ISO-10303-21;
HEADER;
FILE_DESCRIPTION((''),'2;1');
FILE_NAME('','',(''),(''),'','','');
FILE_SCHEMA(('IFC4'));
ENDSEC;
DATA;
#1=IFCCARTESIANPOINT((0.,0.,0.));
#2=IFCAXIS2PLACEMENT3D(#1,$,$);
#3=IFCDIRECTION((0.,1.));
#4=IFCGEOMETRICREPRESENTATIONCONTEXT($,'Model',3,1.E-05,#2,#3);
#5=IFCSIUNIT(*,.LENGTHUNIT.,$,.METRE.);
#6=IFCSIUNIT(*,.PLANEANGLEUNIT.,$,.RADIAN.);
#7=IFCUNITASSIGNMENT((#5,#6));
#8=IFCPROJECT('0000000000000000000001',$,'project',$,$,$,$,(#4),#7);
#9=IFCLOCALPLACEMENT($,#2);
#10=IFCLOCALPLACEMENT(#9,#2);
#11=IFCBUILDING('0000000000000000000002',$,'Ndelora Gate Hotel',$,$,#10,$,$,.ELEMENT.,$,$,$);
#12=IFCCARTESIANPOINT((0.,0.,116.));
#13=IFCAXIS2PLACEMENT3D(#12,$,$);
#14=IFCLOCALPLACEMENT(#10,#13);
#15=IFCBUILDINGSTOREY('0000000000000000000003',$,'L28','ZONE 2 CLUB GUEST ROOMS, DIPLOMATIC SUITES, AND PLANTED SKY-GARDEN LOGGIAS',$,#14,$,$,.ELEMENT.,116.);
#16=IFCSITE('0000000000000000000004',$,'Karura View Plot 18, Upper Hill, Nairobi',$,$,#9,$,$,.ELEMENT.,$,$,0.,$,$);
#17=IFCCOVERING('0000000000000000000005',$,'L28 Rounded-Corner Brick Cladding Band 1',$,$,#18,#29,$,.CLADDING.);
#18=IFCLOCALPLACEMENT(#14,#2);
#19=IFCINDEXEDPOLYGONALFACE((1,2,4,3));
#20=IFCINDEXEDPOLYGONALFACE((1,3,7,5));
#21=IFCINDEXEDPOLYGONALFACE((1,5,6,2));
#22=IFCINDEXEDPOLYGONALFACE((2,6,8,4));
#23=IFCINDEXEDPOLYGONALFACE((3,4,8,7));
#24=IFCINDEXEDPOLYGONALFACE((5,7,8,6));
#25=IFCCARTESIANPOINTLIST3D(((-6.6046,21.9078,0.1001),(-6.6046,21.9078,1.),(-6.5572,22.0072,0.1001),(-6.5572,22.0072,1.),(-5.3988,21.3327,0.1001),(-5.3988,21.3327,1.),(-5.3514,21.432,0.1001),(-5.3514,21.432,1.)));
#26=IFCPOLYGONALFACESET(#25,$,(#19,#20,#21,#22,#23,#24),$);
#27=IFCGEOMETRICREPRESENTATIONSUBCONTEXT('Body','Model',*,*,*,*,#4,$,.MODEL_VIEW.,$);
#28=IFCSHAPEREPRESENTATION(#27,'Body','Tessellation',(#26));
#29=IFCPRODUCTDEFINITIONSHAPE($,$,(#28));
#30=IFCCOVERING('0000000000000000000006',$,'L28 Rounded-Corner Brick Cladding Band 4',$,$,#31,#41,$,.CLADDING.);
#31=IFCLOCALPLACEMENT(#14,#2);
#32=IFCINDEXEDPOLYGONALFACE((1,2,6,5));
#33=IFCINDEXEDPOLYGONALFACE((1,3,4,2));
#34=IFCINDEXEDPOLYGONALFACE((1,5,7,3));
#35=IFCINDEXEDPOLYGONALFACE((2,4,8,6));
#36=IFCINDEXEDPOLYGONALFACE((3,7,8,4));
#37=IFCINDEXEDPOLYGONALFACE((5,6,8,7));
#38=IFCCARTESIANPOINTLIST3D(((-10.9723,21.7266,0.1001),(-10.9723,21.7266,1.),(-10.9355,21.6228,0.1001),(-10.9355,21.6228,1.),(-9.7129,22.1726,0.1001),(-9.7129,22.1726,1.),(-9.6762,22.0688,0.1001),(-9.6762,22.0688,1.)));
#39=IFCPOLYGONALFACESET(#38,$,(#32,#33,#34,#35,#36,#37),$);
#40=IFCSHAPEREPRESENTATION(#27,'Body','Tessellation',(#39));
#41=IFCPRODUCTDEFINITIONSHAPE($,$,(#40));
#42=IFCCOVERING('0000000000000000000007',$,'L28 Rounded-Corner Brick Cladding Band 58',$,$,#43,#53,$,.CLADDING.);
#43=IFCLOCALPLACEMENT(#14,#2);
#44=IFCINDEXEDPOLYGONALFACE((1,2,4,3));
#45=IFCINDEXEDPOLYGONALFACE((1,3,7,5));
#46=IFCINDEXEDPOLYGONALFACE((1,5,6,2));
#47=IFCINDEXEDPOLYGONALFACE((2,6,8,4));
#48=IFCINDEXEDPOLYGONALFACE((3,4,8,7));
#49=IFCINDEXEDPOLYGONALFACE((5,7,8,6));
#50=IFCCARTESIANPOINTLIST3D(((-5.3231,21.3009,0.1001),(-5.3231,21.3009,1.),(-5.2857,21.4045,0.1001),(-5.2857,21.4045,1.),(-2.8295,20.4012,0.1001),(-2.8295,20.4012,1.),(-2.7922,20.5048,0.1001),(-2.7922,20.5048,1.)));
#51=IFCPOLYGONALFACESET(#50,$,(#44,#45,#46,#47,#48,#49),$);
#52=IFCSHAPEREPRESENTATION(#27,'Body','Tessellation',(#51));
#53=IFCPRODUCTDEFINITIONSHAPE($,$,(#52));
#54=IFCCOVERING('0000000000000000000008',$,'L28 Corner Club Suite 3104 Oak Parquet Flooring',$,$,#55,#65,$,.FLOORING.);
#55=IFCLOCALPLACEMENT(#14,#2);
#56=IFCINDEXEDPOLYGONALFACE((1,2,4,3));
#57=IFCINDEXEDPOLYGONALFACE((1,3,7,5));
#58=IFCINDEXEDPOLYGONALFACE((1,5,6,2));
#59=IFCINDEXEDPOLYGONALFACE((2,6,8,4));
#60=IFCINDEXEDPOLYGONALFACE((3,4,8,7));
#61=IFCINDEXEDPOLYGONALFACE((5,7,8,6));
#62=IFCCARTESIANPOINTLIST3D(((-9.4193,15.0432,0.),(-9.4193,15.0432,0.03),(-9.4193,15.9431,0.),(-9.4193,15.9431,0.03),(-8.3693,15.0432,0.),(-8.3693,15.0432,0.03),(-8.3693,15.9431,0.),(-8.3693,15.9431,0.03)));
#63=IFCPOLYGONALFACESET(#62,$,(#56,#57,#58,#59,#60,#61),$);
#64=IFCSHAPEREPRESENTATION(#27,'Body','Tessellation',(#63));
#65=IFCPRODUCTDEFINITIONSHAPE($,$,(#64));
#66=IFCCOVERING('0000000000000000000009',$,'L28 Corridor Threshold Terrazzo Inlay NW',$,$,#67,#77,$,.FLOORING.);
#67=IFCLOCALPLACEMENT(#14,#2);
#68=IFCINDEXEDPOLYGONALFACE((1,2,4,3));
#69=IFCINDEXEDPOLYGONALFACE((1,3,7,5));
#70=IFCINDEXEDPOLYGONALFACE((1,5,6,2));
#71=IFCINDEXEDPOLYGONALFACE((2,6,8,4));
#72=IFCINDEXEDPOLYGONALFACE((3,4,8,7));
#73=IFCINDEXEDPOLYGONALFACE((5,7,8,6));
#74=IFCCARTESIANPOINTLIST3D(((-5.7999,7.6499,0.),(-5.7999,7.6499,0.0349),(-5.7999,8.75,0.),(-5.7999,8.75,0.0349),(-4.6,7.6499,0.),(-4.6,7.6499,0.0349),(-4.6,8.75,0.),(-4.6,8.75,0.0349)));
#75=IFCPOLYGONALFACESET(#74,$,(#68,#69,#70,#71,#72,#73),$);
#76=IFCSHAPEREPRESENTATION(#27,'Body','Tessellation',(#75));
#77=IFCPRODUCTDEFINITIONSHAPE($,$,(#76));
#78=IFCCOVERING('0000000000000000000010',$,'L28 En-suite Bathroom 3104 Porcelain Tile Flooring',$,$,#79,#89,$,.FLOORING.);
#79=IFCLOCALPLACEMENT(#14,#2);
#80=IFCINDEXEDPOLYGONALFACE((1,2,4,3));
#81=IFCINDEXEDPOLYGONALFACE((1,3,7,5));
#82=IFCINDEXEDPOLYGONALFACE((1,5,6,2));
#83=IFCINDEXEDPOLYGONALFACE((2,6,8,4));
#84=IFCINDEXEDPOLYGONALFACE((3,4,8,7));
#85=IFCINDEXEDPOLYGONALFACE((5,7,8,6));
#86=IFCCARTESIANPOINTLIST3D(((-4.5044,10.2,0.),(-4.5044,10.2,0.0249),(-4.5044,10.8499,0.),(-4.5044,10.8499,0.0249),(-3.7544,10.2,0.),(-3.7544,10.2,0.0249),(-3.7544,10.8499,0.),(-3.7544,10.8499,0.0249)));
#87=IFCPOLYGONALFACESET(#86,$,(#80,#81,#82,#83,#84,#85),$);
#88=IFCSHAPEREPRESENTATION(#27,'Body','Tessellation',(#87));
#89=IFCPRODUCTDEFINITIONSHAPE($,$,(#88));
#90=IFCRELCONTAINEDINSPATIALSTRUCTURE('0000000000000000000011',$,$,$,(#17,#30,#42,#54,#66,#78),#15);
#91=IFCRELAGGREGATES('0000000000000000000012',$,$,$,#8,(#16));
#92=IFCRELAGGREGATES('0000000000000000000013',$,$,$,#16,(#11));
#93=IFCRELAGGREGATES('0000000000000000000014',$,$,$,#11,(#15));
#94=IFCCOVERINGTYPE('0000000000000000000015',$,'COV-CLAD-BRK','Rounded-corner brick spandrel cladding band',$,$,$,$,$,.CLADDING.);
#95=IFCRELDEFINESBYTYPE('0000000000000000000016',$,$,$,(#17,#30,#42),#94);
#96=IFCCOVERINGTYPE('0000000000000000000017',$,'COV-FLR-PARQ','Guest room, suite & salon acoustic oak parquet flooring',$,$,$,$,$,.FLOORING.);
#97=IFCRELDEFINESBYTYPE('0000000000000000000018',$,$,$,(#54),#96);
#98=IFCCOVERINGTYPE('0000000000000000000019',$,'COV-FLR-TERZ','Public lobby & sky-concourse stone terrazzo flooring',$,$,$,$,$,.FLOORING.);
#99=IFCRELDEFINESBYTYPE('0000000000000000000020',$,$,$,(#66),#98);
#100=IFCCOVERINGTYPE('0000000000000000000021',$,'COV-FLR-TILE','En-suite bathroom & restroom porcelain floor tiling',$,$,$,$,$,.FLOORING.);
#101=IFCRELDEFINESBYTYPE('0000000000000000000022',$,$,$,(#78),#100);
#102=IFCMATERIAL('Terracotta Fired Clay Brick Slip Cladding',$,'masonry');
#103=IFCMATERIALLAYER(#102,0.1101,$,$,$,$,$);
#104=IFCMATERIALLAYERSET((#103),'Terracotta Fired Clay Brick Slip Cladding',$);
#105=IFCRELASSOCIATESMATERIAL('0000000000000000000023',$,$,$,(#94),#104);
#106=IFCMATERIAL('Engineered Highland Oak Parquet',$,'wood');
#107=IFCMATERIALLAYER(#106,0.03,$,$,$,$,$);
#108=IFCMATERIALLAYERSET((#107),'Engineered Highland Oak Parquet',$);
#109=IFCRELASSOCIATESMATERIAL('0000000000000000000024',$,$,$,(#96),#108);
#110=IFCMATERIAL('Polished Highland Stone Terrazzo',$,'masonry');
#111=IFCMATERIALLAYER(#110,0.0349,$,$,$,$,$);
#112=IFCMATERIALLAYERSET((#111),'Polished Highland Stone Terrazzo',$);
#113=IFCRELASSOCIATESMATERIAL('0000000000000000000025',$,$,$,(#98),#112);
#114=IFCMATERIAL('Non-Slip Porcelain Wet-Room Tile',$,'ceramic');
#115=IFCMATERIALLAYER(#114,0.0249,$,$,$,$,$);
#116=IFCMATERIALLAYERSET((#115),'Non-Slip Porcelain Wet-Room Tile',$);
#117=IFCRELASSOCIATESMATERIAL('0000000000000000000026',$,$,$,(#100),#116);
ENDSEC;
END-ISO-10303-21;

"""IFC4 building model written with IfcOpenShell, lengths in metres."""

from ifc_helpers import new_model, si_unit, direction, frame, origin, origin_2d, place, context, subcontext, project, spatial, rectangle, extrude, material, layer, layer_set, type_object, element, save


model = new_model("IFC4")

# Units and contexts
model_context = context("Model", 3, precision=1e-05, world=origin(), true_north=direction((0.0, 1.0)))
body_context = subcontext(model_context, "Body", "Model", "MODEL_VIEW")
ifc_project = project(units=[si_unit("LENGTHUNIT", "METRE"), si_unit("PLANEANGLEUNIT", "RADIAN")], contexts=[model_context])

# Site, building, storey
site_placement = place(None, origin())
site = spatial("IfcSite", under=ifc_project, at=site_placement, Name="Karura View Plot 18, Upper Hill, Nairobi", CompositionType="ELEMENT", RefElevation=0.0)
building_placement = place(site_placement, origin())
building = spatial("IfcBuilding", under=site, at=building_placement, Name="Ndelora Gate Hotel", CompositionType="ELEMENT")
storey_placement = place(building_placement, frame((0.0, 0.0, 116.0)))
storey = spatial("IfcBuildingStorey", under=building, at=storey_placement, Name="L28", Description="ZONE 2 CLUB GUEST ROOMS, DIPLOMATIC SUITES, AND PLANTED SKY-GARDEN LOGGIAS", CompositionType="ELEMENT", Elevation=116.0)

# Coverings
ifc_material_1 = material(Name="Terracotta Fired Clay Brick Slip Cladding", Category="masonry")
ifc_layer_1 = layer(ifc_material_1, 0.1101)
ifc_layer_set_1 = layer_set([ifc_layer_1], Name="Terracotta Fired Clay Brick Slip Cladding")
covering_type_1 = type_object("IfcCoveringType", Name="COV-CLAD-BRK", Description="Rounded-corner brick spandrel cladding band", PredefinedType="CLADDING", material=ifc_layer_set_1)
for number, where, z_axis, x_axis, name in (
    (1, (-5.978, 21.6699, 0.1001), (0.0, 0.0, 1.0), (-0.902585, 0.430511, 0.0), "L28 Rounded-Corner Brick Cladding Band 1"),
    (2, (-10.3242, 21.8977, 0.1001), (0.0, 0.0, 1.0), (0.942641, 0.333807, 0.0), "L28 Rounded-Corner Brick Cladding Band 4"),
):
    element("IfcCovering", number, at=place(storey_placement, frame(where, z_axis=z_axis, x_axis=x_axis)), inside=storey, type_object=covering_type_1, Name=name, PredefinedType="CLADDING", context=body_context, shape_type="SweptSolid", body=[
        extrude(rectangle(XDim=1.3359, YDim=0.1101, at=origin_2d()), origin(), (0.0, 0.0, 1.0), 0.8999),
    ])
covering_1_placement = place(storey_placement, frame((-4.0576, 20.9028, 0.1001), z_axis=(0.0, 0.0, 1.0), x_axis=(-0.940644, 0.339395, 0.0)))
element("IfcCovering", 3, at=covering_1_placement, inside=storey, type_object=covering_type_1, Name="L28 Rounded-Corner Brick Cladding Band 58", PredefinedType="CLADDING", context=body_context, shape_type="SweptSolid", body=[
    extrude(rectangle(XDim=2.6509, YDim=0.1101, at=origin_2d()), origin(), (0.0, 0.0, 1.0), 0.8999),
])
ifc_material_2 = material(Name="Engineered Highland Oak Parquet", Category="wood")
ifc_layer_2 = layer(ifc_material_2, 0.03)
ifc_layer_set_2 = layer_set([ifc_layer_2], Name="Engineered Highland Oak Parquet")
covering_type_2 = type_object("IfcCoveringType", Name="COV-FLR-PARQ", Description="Guest room, suite & salon acoustic oak parquet flooring", PredefinedType="FLOORING", material=ifc_layer_set_2)
covering_2_placement = place(storey_placement, frame((-8.8943, 15.4932, 0.0), z_axis=(0.0, 0.0, 1.0), x_axis=(1.0, 0.0, 0.0)))
element("IfcCovering", 4, at=covering_2_placement, inside=storey, type_object=covering_type_2, Name="L28 Corner Club Suite 3104 Oak Parquet Flooring", PredefinedType="FLOORING", context=body_context, shape_type="SweptSolid", body=[
    extrude(rectangle(XDim=1.05, YDim=0.8999, at=origin_2d()), origin(), (0.0, 0.0, 1.0), 0.03),
])
ifc_material_3 = material(Name="Polished Highland Stone Terrazzo", Category="masonry")
ifc_layer_3 = layer(ifc_material_3, 0.0349)
ifc_layer_set_3 = layer_set([ifc_layer_3], Name="Polished Highland Stone Terrazzo")
covering_type_3 = type_object("IfcCoveringType", Name="COV-FLR-TERZ", Description="Public lobby & sky-concourse stone terrazzo flooring", PredefinedType="FLOORING", material=ifc_layer_set_3)
covering_3_placement = place(storey_placement, frame((-5.2, 8.2, 0.0), z_axis=(0.0, 0.0, 1.0), x_axis=(1.0, 0.0, 0.0)))
element("IfcCovering", 5, at=covering_3_placement, inside=storey, type_object=covering_type_3, Name="L28 Corridor Threshold Terrazzo Inlay NW", PredefinedType="FLOORING", context=body_context, shape_type="SweptSolid", body=[
    extrude(rectangle(XDim=1.2, YDim=1.1001, at=origin_2d()), origin(), (0.0, 0.0, 1.0), 0.0349),
])
ifc_material_4 = material(Name="Non-Slip Porcelain Wet-Room Tile", Category="ceramic")
ifc_layer_4 = layer(ifc_material_4, 0.0249)
ifc_layer_set_4 = layer_set([ifc_layer_4], Name="Non-Slip Porcelain Wet-Room Tile")
covering_type_4 = type_object("IfcCoveringType", Name="COV-FLR-TILE", Description="En-suite bathroom & restroom porcelain floor tiling", PredefinedType="FLOORING", material=ifc_layer_set_4)
covering_4_placement = place(storey_placement, frame((-4.1294, 10.5249, 0.0), z_axis=(0.0, 0.0, 1.0), x_axis=(1.0, 0.0, 0.0)))
element("IfcCovering", 6, at=covering_4_placement, inside=storey, type_object=covering_type_4, Name="L28 En-suite Bathroom 3104 Porcelain Tile Flooring", PredefinedType="FLOORING", context=body_context, shape_type="SweptSolid", body=[
    extrude(rectangle(XDim=0.75, YDim=0.6499, at=origin_2d()), origin(), (0.0, 0.0, 1.0), 0.0249),
])

save(model, "model.ifc")
